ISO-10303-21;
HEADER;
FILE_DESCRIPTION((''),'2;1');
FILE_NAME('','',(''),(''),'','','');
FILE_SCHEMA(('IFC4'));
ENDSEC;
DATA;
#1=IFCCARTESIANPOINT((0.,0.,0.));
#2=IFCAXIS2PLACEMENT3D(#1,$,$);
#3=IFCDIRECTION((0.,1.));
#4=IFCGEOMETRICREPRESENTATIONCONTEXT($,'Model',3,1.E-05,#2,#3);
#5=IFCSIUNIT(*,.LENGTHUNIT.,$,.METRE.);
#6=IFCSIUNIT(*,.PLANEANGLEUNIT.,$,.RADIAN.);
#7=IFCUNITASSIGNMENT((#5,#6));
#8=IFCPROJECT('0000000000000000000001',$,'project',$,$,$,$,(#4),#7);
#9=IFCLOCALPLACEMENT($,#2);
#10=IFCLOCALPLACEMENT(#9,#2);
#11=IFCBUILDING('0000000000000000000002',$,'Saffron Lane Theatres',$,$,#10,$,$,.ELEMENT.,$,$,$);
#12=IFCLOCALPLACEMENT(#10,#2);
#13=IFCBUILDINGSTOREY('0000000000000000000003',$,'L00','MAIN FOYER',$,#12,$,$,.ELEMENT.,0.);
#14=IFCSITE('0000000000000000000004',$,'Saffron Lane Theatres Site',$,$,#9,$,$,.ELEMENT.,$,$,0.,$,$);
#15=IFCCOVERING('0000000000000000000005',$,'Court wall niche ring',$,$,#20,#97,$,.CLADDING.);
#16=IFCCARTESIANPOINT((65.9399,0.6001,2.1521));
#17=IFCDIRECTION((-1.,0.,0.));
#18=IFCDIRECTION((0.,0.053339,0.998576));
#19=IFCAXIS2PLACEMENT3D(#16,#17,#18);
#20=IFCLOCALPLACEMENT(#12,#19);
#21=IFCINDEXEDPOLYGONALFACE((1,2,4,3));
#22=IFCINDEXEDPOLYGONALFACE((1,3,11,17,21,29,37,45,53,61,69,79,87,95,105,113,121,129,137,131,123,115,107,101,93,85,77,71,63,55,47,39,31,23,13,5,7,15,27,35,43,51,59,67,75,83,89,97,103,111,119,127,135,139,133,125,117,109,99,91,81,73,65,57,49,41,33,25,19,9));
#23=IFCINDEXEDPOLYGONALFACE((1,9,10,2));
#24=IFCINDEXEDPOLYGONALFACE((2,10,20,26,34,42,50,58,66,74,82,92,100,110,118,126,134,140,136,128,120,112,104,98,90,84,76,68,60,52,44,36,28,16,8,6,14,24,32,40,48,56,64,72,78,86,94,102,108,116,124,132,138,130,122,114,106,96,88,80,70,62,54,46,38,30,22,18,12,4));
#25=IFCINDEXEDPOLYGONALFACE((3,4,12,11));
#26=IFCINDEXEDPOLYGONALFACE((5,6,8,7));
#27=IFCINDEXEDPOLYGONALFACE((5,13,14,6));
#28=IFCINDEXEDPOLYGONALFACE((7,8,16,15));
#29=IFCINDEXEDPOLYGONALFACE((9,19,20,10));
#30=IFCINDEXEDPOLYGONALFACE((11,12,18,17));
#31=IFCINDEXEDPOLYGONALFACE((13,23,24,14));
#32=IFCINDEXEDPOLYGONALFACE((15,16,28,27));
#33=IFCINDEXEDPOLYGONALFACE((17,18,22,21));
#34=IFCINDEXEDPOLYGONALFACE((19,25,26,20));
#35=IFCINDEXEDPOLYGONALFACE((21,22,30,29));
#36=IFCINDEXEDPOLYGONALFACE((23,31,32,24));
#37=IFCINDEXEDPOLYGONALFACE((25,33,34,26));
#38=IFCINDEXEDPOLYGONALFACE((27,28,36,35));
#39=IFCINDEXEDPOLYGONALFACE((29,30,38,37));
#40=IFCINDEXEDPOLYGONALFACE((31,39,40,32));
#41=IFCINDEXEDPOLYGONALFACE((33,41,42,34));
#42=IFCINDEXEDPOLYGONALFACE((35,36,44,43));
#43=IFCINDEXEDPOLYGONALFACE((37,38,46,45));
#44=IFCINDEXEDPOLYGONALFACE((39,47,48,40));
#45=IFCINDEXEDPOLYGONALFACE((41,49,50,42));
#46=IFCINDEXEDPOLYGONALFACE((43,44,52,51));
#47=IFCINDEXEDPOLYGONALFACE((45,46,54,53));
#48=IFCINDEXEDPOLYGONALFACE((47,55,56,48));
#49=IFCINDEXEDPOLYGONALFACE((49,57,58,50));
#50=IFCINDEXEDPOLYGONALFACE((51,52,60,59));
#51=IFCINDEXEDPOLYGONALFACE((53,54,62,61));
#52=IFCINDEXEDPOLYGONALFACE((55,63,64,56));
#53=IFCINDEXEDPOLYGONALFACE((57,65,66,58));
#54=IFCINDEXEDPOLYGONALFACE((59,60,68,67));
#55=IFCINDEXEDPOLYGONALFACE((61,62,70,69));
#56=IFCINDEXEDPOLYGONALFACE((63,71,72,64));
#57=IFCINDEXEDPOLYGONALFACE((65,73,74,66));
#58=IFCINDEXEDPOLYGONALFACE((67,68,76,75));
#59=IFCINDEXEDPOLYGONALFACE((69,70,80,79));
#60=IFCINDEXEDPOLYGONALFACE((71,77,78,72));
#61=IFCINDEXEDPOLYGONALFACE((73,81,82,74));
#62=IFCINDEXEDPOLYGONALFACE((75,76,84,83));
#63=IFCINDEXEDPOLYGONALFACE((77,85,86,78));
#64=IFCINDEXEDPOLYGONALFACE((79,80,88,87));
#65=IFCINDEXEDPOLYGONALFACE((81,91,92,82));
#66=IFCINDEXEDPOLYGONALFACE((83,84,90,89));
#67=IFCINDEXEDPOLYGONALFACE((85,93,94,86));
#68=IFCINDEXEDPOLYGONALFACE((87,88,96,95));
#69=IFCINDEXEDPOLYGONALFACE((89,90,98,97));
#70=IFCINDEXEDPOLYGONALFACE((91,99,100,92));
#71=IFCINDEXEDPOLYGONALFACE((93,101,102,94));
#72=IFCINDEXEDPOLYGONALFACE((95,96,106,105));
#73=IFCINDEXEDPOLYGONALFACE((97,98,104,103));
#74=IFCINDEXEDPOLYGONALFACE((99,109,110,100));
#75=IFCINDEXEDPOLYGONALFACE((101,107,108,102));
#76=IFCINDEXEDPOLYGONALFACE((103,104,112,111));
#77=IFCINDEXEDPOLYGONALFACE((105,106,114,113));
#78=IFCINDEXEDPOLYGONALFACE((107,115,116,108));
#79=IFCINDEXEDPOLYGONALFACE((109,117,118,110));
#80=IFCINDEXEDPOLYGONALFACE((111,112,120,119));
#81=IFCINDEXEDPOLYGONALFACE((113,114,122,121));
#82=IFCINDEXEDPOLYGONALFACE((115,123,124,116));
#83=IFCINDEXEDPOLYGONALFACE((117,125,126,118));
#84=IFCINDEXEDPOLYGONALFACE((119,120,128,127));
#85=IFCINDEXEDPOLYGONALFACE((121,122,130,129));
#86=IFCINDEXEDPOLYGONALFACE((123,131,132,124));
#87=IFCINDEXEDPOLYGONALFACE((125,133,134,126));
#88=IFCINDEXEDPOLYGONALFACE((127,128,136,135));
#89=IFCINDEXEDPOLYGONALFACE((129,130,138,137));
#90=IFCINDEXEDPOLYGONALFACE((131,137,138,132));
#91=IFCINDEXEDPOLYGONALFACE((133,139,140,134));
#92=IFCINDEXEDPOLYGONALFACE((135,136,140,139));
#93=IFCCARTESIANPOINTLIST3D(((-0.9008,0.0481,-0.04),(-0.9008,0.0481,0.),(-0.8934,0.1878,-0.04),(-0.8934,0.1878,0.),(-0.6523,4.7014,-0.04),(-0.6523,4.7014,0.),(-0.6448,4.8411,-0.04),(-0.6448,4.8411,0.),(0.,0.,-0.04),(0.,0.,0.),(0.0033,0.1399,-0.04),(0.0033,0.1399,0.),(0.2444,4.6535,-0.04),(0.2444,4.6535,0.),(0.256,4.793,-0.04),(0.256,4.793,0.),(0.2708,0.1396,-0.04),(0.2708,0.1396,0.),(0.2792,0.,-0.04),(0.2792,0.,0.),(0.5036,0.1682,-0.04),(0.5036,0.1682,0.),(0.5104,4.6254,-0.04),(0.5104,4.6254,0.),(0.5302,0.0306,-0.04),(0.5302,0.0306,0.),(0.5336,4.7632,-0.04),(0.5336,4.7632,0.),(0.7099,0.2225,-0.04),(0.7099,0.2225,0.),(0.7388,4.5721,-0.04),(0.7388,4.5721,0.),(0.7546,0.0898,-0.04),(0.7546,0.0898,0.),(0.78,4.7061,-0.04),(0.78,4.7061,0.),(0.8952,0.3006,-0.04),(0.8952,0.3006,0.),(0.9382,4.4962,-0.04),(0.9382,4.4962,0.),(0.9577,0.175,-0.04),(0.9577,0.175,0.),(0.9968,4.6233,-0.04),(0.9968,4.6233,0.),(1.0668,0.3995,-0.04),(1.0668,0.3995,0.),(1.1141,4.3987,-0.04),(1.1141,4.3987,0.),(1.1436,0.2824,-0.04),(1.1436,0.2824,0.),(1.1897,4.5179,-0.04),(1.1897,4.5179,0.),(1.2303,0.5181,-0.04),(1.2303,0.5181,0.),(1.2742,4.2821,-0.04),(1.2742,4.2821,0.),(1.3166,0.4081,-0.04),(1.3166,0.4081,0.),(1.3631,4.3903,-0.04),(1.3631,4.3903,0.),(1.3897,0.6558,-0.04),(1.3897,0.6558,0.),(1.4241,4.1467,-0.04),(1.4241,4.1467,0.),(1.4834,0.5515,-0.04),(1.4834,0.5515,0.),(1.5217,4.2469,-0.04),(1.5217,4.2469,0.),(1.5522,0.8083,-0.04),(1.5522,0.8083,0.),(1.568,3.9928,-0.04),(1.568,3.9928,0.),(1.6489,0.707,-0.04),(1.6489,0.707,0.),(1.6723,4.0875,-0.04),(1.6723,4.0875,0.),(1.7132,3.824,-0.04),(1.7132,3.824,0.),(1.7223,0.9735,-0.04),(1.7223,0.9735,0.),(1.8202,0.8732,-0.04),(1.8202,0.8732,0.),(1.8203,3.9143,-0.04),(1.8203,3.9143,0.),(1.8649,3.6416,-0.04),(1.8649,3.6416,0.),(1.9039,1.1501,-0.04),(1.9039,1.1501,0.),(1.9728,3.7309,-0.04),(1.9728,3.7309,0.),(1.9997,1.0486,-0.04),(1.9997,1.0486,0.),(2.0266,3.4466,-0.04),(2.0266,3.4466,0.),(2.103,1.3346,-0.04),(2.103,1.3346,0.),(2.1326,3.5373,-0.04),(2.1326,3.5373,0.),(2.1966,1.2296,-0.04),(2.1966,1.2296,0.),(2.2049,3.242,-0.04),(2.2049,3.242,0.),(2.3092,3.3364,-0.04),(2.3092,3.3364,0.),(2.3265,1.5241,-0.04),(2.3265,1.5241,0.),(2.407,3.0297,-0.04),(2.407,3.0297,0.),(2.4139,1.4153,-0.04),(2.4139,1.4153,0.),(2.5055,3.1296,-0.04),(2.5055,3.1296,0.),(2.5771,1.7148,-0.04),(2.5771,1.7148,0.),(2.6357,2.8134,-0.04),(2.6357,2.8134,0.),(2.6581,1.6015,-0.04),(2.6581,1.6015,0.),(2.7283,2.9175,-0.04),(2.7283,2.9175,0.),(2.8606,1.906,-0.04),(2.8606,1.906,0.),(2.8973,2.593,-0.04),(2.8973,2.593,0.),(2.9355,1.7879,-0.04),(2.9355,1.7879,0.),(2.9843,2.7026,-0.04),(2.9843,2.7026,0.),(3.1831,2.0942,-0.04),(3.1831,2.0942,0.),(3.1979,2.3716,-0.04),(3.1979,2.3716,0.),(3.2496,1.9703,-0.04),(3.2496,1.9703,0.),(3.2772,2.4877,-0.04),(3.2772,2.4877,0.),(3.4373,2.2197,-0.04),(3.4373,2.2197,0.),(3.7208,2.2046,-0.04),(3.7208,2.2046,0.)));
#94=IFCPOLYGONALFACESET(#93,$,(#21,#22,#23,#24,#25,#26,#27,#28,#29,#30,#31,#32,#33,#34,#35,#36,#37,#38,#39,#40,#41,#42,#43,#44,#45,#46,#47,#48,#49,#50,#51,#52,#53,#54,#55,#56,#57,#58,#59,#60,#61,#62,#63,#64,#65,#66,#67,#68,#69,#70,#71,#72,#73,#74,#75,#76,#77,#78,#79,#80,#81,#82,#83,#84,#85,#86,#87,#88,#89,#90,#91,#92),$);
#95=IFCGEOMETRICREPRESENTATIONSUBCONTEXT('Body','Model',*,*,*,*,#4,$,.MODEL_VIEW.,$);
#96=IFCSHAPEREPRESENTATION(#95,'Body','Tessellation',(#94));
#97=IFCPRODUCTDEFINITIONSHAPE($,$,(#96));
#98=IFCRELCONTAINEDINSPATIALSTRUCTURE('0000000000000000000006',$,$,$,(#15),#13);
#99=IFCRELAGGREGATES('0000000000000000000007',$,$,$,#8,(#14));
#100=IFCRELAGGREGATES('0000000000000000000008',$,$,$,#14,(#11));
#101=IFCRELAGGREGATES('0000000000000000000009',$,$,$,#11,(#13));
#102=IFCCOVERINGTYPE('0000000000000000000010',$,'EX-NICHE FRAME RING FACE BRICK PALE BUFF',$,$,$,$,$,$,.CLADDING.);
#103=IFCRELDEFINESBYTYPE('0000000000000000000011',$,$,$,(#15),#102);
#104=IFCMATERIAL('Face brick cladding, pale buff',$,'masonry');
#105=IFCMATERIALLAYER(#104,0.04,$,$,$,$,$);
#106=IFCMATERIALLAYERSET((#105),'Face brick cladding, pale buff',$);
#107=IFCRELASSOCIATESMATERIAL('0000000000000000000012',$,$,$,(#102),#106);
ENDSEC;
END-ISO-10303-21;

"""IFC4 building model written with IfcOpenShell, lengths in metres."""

from ifc_helpers import new_model, si_unit, direction, frame, origin, place, context, subcontext, project, spatial, polyline, outline, extrude, material, layer, layer_set, type_object, element, save


model = new_model("IFC4")

# Units and contexts
model_context = context("Model", 3, precision=1e-05, world=origin(), true_north=direction((0.0, 1.0)))
body_context = subcontext(model_context, "Body", "Model", "MODEL_VIEW")
ifc_project = project(units=[si_unit("LENGTHUNIT", "METRE"), si_unit("PLANEANGLEUNIT", "RADIAN")], contexts=[model_context])

# Site, building, storey
site_placement = place(None, origin())
site = spatial("IfcSite", under=ifc_project, at=site_placement, Name="Saffron Lane Theatres Site", CompositionType="ELEMENT", RefElevation=0.0)
building_placement = place(site_placement, origin())
building = spatial("IfcBuilding", under=site, at=building_placement, Name="Saffron Lane Theatres", CompositionType="ELEMENT")
storey_placement = place(building_placement, origin())
storey = spatial("IfcBuildingStorey", under=building, at=storey_placement, Name="L00", Description="MAIN FOYER", CompositionType="ELEMENT", Elevation=0.0)

# Covering
ifc_material_1 = material(Name="Face brick cladding, pale buff", Category="masonry")
ifc_layer_1 = layer(ifc_material_1, 0.04)
ifc_layer_set_1 = layer_set([ifc_layer_1], Name="Face brick cladding, pale buff")
covering_type_1 = type_object("IfcCoveringType", Name="EX-NICHE FRAME RING FACE BRICK PALE BUFF", PredefinedType="CLADDING", material=ifc_layer_set_1)
covering_1_placement = place(storey_placement, frame((65.9399, 0.6001, 2.1521), z_axis=(-1.0, 0.0, 0.0), x_axis=(0.0, 0.053339, 0.998576)))
element("IfcCovering", 1, at=covering_1_placement, inside=storey, type_object=covering_type_1, Name="Court wall niche ring", PredefinedType="CLADDING", context=body_context, shape_type="SweptSolid", body=[
    extrude(outline(polyline([(0.0, 0.0), (0.2792, 0.0), (0.5302, 0.0306), (0.7546, 0.0898), (0.9577, 0.175), (1.1436, 0.2824), (1.3166, 0.4081), (1.4834, 0.5515), (1.6489, 0.707), (1.8202, 0.8732), (1.9997, 1.0486), (2.1966, 1.2296), (2.4139, 1.4153), (2.6581, 1.6015), (2.9355, 1.7879), (3.2496, 1.9703), (3.7208, 2.2046), (3.2772, 2.4877), (2.9843, 2.7026), (2.7283, 2.9175), (2.5055, 3.1296), (2.3092, 3.3364), (2.1326, 3.5373), (1.9728, 3.7309), (1.8203, 3.9143), (1.6723, 4.0875), (1.5217, 4.2469), (1.3631, 4.3903), (1.1897, 4.5179), (0.9968, 4.6233), (0.78, 4.7061), (0.5336, 4.7632), (0.256, 4.793), (-0.6448, 4.8411), (-0.6523, 4.7014), (0.2444, 4.6535), (0.5104, 4.6254), (0.7388, 4.5721), (0.9382, 4.4962), (1.1141, 4.3987), (1.2742, 4.2821), (1.4241, 4.1467), (1.568, 3.9928), (1.7132, 3.824), (1.8649, 3.6416), (2.0266, 3.4466), (2.2049, 3.242), (2.407, 3.0297), (2.6357, 2.8134), (2.8973, 2.593), (3.1979, 2.3716), (3.4373, 2.2197), (3.1831, 2.0942), (2.8606, 1.906), (2.5771, 1.7148), (2.3265, 1.5241), (2.103, 1.3346), (1.9039, 1.1501), (1.7223, 0.9735), (1.5522, 0.8083), (1.3897, 0.6558), (1.2303, 0.5181), (1.0668, 0.3995), (0.8952, 0.3006), (0.7099, 0.2225), (0.5036, 0.1682), (0.2708, 0.1396), (0.0033, 0.1399), (-0.8934, 0.1878), (-0.9008, 0.0481), (0.0, 0.0)])), origin(), (0.0, 0.0, -1.0), 0.04),
])

save(model, "model.ifc")
